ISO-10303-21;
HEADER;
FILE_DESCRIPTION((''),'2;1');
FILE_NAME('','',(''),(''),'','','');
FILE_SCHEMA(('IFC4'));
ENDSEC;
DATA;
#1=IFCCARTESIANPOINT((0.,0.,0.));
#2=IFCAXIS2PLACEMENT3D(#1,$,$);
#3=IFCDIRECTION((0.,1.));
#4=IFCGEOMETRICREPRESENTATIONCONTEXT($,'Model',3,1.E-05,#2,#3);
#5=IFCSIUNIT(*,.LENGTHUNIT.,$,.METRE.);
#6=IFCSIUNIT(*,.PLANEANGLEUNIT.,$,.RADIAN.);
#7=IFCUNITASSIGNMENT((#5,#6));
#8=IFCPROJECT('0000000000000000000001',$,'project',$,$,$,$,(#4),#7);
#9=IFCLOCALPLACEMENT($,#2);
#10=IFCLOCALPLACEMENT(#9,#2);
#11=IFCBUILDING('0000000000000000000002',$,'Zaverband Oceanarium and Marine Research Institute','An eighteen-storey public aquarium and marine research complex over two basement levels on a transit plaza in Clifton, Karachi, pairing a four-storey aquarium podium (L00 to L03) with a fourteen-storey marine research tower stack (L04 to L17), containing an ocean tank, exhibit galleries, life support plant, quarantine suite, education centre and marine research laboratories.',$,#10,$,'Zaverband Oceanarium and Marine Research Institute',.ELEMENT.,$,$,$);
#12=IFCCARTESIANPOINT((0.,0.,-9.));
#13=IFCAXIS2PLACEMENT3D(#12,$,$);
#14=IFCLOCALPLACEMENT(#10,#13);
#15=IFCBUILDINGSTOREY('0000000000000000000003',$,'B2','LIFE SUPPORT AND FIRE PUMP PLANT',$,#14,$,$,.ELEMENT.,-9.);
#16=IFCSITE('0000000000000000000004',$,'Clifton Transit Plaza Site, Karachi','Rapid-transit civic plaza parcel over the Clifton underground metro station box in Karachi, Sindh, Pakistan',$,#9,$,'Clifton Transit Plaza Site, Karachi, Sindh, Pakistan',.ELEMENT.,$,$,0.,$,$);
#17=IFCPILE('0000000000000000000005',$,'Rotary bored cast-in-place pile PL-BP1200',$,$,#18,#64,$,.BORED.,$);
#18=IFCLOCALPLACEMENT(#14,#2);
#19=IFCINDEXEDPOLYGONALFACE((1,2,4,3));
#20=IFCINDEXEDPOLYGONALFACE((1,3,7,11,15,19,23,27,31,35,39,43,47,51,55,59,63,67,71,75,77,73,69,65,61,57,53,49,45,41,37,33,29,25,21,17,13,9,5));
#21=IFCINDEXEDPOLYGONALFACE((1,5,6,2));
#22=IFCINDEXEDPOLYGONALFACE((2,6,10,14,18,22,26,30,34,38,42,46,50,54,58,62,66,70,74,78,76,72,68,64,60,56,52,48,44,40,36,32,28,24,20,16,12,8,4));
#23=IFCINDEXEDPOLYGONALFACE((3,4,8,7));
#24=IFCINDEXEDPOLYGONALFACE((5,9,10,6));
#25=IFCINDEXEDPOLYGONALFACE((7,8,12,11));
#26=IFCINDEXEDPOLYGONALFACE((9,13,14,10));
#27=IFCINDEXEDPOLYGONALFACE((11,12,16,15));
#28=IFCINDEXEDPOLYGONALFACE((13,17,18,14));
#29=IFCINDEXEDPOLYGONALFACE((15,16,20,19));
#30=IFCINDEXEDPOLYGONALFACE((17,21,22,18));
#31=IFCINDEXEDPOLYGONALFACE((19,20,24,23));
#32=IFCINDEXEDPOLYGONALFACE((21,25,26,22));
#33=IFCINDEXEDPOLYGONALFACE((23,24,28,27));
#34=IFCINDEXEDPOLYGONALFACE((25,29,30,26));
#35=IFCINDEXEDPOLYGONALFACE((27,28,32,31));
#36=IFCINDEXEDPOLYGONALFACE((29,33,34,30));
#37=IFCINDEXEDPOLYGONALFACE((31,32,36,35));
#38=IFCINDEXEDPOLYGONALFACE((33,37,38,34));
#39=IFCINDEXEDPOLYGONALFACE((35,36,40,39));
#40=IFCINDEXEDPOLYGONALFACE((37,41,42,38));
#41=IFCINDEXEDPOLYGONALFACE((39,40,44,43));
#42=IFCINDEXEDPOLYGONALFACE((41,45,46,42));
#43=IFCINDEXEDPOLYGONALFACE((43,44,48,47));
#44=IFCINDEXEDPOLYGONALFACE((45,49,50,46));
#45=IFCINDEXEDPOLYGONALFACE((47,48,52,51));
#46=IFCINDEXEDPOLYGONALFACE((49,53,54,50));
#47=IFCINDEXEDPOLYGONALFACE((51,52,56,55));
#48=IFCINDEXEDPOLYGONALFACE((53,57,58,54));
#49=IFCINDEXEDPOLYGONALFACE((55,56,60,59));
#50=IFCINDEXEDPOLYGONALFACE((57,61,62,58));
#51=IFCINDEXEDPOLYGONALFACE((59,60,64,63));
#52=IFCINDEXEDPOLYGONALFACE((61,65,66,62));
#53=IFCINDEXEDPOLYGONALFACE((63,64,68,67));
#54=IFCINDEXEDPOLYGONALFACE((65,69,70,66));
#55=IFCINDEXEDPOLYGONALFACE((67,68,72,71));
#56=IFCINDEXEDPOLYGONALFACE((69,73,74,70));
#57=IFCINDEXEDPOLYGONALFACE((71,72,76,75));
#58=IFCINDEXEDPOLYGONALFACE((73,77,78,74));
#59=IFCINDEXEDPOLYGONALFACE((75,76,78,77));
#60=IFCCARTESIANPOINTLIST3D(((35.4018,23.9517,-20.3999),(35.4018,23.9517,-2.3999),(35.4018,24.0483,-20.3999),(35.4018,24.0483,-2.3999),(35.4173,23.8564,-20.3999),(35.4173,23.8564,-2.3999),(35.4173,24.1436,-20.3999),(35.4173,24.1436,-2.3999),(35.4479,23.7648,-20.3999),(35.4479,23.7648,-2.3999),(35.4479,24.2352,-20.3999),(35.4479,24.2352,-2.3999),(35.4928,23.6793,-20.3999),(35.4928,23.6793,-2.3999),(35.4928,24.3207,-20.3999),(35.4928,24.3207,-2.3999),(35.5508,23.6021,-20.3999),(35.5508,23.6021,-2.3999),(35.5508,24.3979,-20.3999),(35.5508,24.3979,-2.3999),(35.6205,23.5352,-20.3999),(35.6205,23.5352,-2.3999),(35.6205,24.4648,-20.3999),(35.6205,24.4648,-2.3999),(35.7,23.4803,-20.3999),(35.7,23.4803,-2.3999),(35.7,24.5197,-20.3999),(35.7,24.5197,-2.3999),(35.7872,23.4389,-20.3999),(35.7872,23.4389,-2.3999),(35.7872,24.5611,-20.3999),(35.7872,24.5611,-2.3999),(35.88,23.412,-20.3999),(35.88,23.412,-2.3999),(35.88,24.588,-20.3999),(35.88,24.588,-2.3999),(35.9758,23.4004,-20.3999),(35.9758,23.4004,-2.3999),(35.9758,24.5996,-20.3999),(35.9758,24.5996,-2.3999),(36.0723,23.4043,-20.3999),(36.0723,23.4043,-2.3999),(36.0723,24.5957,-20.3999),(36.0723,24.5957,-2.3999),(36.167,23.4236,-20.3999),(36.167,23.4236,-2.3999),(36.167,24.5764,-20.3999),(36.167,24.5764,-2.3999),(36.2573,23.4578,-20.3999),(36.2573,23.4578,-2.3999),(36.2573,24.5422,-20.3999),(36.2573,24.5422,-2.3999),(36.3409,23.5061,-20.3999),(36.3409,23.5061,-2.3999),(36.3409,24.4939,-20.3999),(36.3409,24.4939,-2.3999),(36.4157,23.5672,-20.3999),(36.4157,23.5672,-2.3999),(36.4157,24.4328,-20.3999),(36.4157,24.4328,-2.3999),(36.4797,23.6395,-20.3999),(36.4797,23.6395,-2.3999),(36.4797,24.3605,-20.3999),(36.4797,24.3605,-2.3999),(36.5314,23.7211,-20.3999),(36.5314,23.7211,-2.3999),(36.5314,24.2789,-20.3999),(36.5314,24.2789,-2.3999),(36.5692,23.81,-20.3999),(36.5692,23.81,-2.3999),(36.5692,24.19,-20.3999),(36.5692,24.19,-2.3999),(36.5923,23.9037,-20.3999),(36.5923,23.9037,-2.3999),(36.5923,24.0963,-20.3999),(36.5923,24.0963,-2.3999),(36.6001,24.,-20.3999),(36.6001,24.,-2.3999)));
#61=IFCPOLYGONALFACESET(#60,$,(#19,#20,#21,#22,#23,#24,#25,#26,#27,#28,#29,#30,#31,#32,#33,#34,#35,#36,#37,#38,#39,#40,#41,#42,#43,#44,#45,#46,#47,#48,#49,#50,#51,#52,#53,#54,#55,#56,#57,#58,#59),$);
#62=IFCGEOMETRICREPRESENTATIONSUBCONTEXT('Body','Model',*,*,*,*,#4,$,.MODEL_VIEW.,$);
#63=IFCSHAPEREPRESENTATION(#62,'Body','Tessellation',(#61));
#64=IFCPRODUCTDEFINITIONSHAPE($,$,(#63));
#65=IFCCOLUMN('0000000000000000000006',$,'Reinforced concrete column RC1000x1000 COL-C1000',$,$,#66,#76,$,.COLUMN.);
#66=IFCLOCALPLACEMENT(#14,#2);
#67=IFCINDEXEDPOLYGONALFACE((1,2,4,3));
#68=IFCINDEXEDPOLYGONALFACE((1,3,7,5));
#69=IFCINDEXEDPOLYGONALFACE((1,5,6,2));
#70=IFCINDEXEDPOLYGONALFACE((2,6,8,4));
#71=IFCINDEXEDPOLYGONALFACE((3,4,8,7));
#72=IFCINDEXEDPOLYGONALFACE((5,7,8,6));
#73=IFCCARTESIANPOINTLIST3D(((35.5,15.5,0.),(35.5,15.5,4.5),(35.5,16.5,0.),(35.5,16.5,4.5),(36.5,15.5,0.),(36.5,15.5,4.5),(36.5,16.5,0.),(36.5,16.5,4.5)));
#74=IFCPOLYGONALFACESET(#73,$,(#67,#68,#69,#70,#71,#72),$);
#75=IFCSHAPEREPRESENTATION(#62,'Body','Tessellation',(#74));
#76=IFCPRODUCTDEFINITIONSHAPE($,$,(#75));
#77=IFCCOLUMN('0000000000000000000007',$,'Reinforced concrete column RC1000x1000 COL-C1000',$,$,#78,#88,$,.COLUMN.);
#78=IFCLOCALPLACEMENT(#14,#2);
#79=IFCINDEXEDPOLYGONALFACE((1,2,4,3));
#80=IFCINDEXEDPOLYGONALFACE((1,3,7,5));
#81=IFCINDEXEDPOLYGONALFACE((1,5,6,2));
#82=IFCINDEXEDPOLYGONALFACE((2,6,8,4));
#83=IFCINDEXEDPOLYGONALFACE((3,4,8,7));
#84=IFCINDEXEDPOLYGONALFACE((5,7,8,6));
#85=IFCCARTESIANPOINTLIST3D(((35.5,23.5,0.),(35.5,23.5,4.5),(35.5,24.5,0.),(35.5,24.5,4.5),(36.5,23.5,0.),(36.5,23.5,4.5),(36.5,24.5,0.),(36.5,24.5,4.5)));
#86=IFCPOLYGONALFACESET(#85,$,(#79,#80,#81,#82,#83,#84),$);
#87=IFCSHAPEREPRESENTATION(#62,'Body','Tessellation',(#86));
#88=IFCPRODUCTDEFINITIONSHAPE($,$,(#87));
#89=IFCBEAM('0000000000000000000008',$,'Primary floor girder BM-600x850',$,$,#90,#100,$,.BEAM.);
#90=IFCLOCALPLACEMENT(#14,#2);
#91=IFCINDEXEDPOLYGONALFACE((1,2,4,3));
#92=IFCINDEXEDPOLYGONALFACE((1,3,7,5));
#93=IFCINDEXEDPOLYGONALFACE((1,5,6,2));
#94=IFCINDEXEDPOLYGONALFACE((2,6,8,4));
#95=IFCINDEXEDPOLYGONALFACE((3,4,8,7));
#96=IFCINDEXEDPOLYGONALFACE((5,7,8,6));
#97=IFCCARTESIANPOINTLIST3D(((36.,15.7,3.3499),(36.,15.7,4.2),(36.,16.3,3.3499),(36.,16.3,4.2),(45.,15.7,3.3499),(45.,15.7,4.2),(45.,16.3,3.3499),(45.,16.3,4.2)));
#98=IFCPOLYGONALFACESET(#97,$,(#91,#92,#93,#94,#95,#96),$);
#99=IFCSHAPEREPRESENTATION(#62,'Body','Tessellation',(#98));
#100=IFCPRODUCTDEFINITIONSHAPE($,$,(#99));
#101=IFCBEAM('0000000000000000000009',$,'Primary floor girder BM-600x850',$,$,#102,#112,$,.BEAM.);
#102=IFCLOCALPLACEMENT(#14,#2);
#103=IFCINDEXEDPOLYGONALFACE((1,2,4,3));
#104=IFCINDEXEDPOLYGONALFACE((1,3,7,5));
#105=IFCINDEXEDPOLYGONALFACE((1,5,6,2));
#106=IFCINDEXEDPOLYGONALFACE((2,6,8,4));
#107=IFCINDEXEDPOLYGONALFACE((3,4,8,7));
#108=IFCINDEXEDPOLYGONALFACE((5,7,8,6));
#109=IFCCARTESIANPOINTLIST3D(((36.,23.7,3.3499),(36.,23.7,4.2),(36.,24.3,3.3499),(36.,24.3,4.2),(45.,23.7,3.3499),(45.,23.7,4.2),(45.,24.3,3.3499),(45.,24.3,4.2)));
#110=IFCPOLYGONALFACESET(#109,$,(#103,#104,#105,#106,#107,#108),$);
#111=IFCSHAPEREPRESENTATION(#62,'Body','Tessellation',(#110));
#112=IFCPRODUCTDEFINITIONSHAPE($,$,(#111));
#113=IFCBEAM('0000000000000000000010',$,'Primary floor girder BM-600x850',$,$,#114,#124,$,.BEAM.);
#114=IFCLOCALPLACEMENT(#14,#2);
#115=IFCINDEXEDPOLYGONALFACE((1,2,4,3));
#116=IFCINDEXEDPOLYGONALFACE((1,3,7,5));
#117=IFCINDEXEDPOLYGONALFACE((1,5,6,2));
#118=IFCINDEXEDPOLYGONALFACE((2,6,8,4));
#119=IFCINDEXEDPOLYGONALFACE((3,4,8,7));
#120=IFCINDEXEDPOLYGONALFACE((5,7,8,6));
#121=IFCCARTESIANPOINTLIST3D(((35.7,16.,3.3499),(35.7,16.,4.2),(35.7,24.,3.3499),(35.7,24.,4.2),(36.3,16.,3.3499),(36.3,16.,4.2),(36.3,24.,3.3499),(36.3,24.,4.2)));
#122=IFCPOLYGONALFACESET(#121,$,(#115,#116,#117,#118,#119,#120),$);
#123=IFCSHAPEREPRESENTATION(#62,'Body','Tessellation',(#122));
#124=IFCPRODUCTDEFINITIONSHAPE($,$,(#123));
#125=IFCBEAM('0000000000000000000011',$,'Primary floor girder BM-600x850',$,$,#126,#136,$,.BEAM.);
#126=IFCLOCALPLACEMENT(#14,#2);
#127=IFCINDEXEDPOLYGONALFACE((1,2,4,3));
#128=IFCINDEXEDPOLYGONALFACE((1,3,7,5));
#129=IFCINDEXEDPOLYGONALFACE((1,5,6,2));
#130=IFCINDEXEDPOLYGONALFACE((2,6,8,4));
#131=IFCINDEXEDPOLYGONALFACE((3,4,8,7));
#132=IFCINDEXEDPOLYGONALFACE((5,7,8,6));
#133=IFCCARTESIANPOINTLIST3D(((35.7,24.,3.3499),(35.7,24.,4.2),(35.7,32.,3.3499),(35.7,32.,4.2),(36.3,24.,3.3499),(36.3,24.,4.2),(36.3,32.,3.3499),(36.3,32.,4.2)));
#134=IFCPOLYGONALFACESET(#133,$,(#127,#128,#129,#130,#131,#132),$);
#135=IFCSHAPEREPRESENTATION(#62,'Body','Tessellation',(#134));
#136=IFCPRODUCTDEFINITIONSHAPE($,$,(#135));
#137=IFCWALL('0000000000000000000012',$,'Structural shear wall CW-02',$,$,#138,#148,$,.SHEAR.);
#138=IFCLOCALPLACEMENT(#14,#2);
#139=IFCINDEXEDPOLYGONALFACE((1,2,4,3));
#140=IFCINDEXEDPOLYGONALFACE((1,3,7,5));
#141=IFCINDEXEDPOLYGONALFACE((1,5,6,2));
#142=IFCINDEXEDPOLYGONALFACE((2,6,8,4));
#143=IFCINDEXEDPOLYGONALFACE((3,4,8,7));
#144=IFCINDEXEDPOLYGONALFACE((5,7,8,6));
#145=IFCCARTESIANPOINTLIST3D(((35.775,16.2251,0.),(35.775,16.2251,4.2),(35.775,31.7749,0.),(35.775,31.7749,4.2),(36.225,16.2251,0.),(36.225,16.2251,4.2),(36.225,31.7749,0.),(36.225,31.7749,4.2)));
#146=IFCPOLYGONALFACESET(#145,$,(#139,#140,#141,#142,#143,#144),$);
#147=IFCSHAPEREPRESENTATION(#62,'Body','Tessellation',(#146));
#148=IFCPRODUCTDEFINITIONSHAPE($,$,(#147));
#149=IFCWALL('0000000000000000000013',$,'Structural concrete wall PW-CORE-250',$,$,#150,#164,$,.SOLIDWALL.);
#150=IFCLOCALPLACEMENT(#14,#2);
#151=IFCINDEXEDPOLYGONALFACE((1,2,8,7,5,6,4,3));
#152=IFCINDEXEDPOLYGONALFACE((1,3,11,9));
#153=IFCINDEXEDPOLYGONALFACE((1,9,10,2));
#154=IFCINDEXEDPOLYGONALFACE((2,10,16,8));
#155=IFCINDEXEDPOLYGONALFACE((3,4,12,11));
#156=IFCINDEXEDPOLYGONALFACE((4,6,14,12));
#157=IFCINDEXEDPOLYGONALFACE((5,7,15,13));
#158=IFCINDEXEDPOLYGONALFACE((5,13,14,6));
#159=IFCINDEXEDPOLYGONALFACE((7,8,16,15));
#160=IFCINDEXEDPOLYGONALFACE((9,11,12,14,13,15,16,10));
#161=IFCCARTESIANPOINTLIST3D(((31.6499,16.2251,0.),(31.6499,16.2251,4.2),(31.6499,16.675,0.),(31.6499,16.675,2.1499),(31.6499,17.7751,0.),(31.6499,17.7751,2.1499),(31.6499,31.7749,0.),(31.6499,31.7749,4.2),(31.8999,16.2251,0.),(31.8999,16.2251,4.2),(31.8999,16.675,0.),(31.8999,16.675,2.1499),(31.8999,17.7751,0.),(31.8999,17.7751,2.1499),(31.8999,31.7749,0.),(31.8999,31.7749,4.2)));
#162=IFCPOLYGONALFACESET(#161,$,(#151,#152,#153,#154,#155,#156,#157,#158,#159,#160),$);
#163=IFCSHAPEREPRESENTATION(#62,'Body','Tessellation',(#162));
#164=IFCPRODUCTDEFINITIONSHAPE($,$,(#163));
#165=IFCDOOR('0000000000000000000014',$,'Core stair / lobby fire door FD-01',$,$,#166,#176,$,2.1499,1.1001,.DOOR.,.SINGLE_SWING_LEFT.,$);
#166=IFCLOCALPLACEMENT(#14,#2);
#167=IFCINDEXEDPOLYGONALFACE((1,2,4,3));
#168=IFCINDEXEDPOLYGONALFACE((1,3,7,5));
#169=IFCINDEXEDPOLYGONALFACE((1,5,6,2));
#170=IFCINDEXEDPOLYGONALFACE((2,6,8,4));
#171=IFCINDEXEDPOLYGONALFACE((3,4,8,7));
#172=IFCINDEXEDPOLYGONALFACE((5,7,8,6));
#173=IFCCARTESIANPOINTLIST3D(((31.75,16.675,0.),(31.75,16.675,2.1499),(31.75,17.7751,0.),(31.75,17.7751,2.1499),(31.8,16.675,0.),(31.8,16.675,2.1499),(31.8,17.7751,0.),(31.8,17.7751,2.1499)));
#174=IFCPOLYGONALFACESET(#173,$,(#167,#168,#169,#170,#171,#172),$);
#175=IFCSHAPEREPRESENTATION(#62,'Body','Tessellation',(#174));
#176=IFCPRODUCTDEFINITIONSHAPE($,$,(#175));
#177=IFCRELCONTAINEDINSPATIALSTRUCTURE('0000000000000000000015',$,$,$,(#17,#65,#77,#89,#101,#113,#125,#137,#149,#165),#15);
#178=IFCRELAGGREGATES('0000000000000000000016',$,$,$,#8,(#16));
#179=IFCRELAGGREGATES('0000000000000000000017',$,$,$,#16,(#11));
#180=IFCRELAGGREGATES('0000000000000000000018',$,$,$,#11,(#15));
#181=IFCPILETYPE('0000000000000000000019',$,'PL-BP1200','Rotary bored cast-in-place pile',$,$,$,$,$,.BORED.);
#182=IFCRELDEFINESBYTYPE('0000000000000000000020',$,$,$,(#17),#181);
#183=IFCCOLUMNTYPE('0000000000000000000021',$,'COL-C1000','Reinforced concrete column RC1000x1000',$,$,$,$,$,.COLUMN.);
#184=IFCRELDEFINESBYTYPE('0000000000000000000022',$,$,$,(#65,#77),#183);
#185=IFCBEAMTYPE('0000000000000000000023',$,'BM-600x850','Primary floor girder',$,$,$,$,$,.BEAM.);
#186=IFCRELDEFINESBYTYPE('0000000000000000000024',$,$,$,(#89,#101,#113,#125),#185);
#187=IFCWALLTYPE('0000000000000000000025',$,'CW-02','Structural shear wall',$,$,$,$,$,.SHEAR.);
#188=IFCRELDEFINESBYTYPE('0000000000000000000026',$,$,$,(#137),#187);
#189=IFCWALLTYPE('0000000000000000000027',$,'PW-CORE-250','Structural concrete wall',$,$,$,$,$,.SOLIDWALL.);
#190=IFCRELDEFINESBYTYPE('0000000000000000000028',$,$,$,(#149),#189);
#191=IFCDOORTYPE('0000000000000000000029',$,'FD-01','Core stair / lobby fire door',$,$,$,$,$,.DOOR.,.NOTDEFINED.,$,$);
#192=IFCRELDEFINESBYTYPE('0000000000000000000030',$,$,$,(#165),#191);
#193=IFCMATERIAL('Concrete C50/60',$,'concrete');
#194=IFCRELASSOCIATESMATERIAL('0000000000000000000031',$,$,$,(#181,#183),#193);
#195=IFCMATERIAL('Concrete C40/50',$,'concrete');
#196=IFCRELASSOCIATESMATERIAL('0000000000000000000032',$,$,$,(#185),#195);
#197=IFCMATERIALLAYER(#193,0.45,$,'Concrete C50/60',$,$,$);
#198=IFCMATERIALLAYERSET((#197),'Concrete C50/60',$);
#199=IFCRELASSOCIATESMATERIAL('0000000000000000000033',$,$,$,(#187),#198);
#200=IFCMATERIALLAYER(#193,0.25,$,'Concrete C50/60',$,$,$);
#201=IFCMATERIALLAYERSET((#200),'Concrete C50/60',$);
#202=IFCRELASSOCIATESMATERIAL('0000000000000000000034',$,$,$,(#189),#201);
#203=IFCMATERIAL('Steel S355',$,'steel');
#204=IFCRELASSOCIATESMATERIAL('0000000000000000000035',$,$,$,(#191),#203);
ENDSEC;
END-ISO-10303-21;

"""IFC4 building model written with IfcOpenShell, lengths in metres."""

from ifc_helpers import new_model, si_unit, direction, frame, frame_2d, origin, origin_2d, place, context, subcontext, project, spatial, rectangle, circle, extrude, material, layer, layer_set, material_profile, profile_set, type_object, element, fill, save


model = new_model("IFC4")

# Units and contexts
model_context = context("Model", 3, precision=1e-05, world=origin(), true_north=direction((0.0, 1.0)))
body_context = subcontext(model_context, "Body", "Model", "MODEL_VIEW")
ifc_project = project(units=[si_unit("LENGTHUNIT", "METRE"), si_unit("PLANEANGLEUNIT", "RADIAN")], contexts=[model_context])

# Site, building, storey
site_placement = place(None, origin())
site = spatial("IfcSite", under=ifc_project, at=site_placement, Name="Clifton Transit Plaza Site, Karachi", Description="Rapid-transit civic plaza parcel over the Clifton underground metro station box in Karachi, Sindh, Pakistan", LongName="Clifton Transit Plaza Site, Karachi, Sindh, Pakistan", CompositionType="ELEMENT", RefElevation=0.0)
building_placement = place(site_placement, origin())
building = spatial("IfcBuilding", under=site, at=building_placement, Name="Zaverband Oceanarium and Marine Research Institute", Description="An eighteen-storey public aquarium and marine research complex over two basement levels on a transit plaza in Clifton, Karachi, pairing a four-storey aquarium podium (L00 to L03) with a fourteen-storey marine research tower stack (L04 to L17), containing an ocean tank, exhibit galleries, life support plant, quarantine suite, education centre and marine research laboratories.", LongName="Zaverband Oceanarium and Marine Research Institute", CompositionType="ELEMENT")
storey_placement = place(building_placement, frame((0.0, 0.0, -9.0)))
storey = spatial("IfcBuildingStorey", under=building, at=storey_placement, Name="B2", Description="LIFE SUPPORT AND FIRE PUMP PLANT", CompositionType="ELEMENT", Elevation=-9.0)

# Shared definitions
ifc_material_1 = material(Name="Concrete C50/60", Category="concrete")

# Pile
ifc_material_profile_1 = material_profile(ifc_material_1, circle(Radius=0.6001, at=origin_2d()), Name="BP1200")
ifc_profile_set_1 = profile_set([ifc_material_profile_1], Name="Concrete C50/60")
pile_type = type_object("IfcPileType", Name="PL-BP1200", Description="Rotary bored cast-in-place pile", PredefinedType="BORED", material=ifc_profile_set_1)
for number, where, z_axis, x_axis, name in (
    (1, (36.0, 24.0, -2.3999), (0.0, 0.0, -1.0), (1.0, 0.0, 0.0), "Rotary bored cast-in-place pile PL-BP1200"),
):
    element("IfcPile", number, at=place(storey_placement, frame(where, z_axis=z_axis, x_axis=x_axis)), inside=storey, type_object=pile_type, Name=name, PredefinedType="BORED", context=body_context, shape_type="SweptSolid", body=[
        extrude(circle(Radius=0.6001, at=origin_2d()), origin(), (0.0, 0.0, 1.0), 18.0),
    ])

# Columns
ifc_material_profile_2 = material_profile(ifc_material_1, rectangle(XDim=1.0, YDim=1.0, at=origin_2d()), Name="RC1000x1000")
ifc_profile_set_2 = profile_set([ifc_material_profile_2], Name="Concrete C50/60")
column_type = type_object("IfcColumnType", Name="COL-C1000", Description="Reinforced concrete column RC1000x1000", PredefinedType="COLUMN", material=ifc_profile_set_2)
for number, where, z_axis, x_axis, name in (
    (2, (36.0, 16.0, 0.0), (0.0, 0.0, 1.0), (1.0, 0.0, 0.0), "Reinforced concrete column RC1000x1000 COL-C1000"),
    (3, (36.0, 24.0, 0.0), (0.0, 0.0, 1.0), (1.0, 0.0, 0.0), "Reinforced concrete column RC1000x1000 COL-C1000"),
):
    element("IfcColumn", number, at=place(storey_placement, frame(where, z_axis=z_axis, x_axis=x_axis)), inside=storey, type_object=column_type, Name=name, PredefinedType="COLUMN", context=body_context, shape_type="SweptSolid", body=[
        extrude(rectangle(XDim=1.0, YDim=1.0, at=origin_2d()), origin(), (0.0, 0.0, 1.0), 4.5),
    ])

# Beams
ifc_material_2 = material(Name="Concrete C40/50", Category="concrete")
ifc_material_profile_3 = material_profile(ifc_material_2, rectangle(XDim=0.6001, YDim=0.8501, at=origin_2d()), Name="RC600x850")
ifc_profile_set_3 = profile_set([ifc_material_profile_3], Name="Concrete C40/50")
beam_type = type_object("IfcBeamType", Name="BM-600x850", Description="Primary floor girder", PredefinedType="BEAM", material=ifc_profile_set_3)
for number, where, z_axis, x_axis, name in (
    (4, (36.0, 16.0, 3.7749), (1.0, 0.0, 0.0), (0.0, 1.0, 0.0), "Primary floor girder BM-600x850"),
    (5, (36.0, 24.0, 3.7749), (1.0, 0.0, 0.0), (0.0, 1.0, 0.0), "Primary floor girder BM-600x850"),
):
    element("IfcBeam", number, at=place(storey_placement, frame(where, z_axis=z_axis, x_axis=x_axis)), inside=storey, type_object=beam_type, Name=name, PredefinedType="BEAM", context=body_context, shape_type="SweptSolid", body=[
        extrude(rectangle(XDim=0.6001, YDim=0.8501, at=origin_2d()), origin(), (0.0, 0.0, 1.0), 9.0),
    ])
for number, where, z_axis, x_axis, name in (
    (6, (36.0, 16.0, 3.7749), (0.0, 1.0, 0.0), (-1.0, 0.0, 0.0), "Primary floor girder BM-600x850"),
    (7, (36.0, 24.0, 3.7749), (0.0, 1.0, 0.0), (-1.0, 0.0, 0.0), "Primary floor girder BM-600x850"),
):
    element("IfcBeam", number, at=place(storey_placement, frame(where, z_axis=z_axis, x_axis=x_axis)), inside=storey, type_object=beam_type, Name=name, PredefinedType="BEAM", context=body_context, shape_type="SweptSolid", body=[
        extrude(rectangle(XDim=0.6001, YDim=0.8501, at=origin_2d()), origin(), (0.0, 0.0, 1.0), 8.0),
    ])

# Wall
ifc_layer_1 = layer(ifc_material_1, 0.45, Name="Concrete C50/60")
ifc_layer_set_1 = layer_set([ifc_layer_1], Name="Concrete C50/60")
wall_type_1 = type_object("IfcWallType", Name="CW-02", Description="Structural shear wall", PredefinedType="SHEAR", material=ifc_layer_set_1)
wall_1_placement = place(storey_placement, frame((36.0, 16.2251, 0.0), z_axis=(0.0, 0.0, 1.0), x_axis=(0.0, 1.0, 0.0)))
element("IfcWall", 8, at=wall_1_placement, inside=storey, type_object=wall_type_1, Name="Structural shear wall CW-02", PredefinedType="SHEAR", context=body_context, shape_type="SweptSolid", body=[
    extrude(rectangle(XDim=15.5498, YDim=0.45, at=frame_2d((7.7749, 0.0))), origin(), (0.0, 0.0, 1.0), 4.2),
])

# Wall, opening, door
ifc_layer_2 = layer(ifc_material_1, 0.25, Name="Concrete C50/60")
ifc_layer_set_2 = layer_set([ifc_layer_2], Name="Concrete C50/60")
wall_type_2 = type_object("IfcWallType", Name="PW-CORE-250", Description="Structural concrete wall", PredefinedType="SOLIDWALL", material=ifc_layer_set_2)
wall_2_placement = place(storey_placement, frame((31.7749, 16.2251, 0.0), z_axis=(0.0, 0.0, 1.0), x_axis=(0.0, 1.0, 0.0)))
wall_2 = element("IfcWall", 9, at=wall_2_placement, inside=storey, type_object=wall_type_2, Name="Structural concrete wall PW-CORE-250", PredefinedType="SOLIDWALL", context=body_context, shape_type="SweptSolid", body=[
    extrude(rectangle(XDim=15.5498, YDim=0.25, at=frame_2d((7.7749, 0.0))), origin(), (0.0, 0.0, 1.0), 4.2),
])
opening_1_placement = place(wall_2_placement, frame((0.45, 0.0, 0.0)))
opening_1 = element("IfcOpeningElement", 10, at=opening_1_placement, cuts=wall_2, PredefinedType="OPENING", context=body_context, shape_type="SweptSolid", body=[
    extrude(rectangle(XDim=1.1001, YDim=2.1499, at=frame_2d((0.55, 1.075))), frame((0.0, 0.137, 0.0), z_axis=(0.0, -1.0, 0.0), x_axis=(1.0, 0.0, 0.0)), (0.0, 0.0, 1.0), 0.2739),
])
ifc_material_3 = material(Name="Steel S355", Category="steel")
door_type_1 = type_object("IfcDoorType", Name="FD-01", Description="Core stair / lobby fire door", OperationType="NOTDEFINED", PredefinedType="DOOR", material=ifc_material_3)
door_1_placement = place(opening_1_placement, origin())
door_1 = element("IfcDoor", 11, at=door_1_placement, inside=storey, type_object=door_type_1, Name="Core stair / lobby fire door FD-01", OperationType="SINGLE_SWING_LEFT", OverallHeight=2.1499, OverallWidth=1.1001, PredefinedType="DOOR", context=body_context, shape_type="SweptSolid", body=[
    extrude(rectangle(XDim=1.1001, YDim=2.1499, at=frame_2d((0.55, 1.075))), frame((0.0, 0.0249, 0.0), z_axis=(0.0, -1.0, 0.0), x_axis=(1.0, 0.0, 0.0)), (0.0, 0.0, 1.0), 0.05),
])
fill(opening_1, door_1)

save(model, "model.ifc")
